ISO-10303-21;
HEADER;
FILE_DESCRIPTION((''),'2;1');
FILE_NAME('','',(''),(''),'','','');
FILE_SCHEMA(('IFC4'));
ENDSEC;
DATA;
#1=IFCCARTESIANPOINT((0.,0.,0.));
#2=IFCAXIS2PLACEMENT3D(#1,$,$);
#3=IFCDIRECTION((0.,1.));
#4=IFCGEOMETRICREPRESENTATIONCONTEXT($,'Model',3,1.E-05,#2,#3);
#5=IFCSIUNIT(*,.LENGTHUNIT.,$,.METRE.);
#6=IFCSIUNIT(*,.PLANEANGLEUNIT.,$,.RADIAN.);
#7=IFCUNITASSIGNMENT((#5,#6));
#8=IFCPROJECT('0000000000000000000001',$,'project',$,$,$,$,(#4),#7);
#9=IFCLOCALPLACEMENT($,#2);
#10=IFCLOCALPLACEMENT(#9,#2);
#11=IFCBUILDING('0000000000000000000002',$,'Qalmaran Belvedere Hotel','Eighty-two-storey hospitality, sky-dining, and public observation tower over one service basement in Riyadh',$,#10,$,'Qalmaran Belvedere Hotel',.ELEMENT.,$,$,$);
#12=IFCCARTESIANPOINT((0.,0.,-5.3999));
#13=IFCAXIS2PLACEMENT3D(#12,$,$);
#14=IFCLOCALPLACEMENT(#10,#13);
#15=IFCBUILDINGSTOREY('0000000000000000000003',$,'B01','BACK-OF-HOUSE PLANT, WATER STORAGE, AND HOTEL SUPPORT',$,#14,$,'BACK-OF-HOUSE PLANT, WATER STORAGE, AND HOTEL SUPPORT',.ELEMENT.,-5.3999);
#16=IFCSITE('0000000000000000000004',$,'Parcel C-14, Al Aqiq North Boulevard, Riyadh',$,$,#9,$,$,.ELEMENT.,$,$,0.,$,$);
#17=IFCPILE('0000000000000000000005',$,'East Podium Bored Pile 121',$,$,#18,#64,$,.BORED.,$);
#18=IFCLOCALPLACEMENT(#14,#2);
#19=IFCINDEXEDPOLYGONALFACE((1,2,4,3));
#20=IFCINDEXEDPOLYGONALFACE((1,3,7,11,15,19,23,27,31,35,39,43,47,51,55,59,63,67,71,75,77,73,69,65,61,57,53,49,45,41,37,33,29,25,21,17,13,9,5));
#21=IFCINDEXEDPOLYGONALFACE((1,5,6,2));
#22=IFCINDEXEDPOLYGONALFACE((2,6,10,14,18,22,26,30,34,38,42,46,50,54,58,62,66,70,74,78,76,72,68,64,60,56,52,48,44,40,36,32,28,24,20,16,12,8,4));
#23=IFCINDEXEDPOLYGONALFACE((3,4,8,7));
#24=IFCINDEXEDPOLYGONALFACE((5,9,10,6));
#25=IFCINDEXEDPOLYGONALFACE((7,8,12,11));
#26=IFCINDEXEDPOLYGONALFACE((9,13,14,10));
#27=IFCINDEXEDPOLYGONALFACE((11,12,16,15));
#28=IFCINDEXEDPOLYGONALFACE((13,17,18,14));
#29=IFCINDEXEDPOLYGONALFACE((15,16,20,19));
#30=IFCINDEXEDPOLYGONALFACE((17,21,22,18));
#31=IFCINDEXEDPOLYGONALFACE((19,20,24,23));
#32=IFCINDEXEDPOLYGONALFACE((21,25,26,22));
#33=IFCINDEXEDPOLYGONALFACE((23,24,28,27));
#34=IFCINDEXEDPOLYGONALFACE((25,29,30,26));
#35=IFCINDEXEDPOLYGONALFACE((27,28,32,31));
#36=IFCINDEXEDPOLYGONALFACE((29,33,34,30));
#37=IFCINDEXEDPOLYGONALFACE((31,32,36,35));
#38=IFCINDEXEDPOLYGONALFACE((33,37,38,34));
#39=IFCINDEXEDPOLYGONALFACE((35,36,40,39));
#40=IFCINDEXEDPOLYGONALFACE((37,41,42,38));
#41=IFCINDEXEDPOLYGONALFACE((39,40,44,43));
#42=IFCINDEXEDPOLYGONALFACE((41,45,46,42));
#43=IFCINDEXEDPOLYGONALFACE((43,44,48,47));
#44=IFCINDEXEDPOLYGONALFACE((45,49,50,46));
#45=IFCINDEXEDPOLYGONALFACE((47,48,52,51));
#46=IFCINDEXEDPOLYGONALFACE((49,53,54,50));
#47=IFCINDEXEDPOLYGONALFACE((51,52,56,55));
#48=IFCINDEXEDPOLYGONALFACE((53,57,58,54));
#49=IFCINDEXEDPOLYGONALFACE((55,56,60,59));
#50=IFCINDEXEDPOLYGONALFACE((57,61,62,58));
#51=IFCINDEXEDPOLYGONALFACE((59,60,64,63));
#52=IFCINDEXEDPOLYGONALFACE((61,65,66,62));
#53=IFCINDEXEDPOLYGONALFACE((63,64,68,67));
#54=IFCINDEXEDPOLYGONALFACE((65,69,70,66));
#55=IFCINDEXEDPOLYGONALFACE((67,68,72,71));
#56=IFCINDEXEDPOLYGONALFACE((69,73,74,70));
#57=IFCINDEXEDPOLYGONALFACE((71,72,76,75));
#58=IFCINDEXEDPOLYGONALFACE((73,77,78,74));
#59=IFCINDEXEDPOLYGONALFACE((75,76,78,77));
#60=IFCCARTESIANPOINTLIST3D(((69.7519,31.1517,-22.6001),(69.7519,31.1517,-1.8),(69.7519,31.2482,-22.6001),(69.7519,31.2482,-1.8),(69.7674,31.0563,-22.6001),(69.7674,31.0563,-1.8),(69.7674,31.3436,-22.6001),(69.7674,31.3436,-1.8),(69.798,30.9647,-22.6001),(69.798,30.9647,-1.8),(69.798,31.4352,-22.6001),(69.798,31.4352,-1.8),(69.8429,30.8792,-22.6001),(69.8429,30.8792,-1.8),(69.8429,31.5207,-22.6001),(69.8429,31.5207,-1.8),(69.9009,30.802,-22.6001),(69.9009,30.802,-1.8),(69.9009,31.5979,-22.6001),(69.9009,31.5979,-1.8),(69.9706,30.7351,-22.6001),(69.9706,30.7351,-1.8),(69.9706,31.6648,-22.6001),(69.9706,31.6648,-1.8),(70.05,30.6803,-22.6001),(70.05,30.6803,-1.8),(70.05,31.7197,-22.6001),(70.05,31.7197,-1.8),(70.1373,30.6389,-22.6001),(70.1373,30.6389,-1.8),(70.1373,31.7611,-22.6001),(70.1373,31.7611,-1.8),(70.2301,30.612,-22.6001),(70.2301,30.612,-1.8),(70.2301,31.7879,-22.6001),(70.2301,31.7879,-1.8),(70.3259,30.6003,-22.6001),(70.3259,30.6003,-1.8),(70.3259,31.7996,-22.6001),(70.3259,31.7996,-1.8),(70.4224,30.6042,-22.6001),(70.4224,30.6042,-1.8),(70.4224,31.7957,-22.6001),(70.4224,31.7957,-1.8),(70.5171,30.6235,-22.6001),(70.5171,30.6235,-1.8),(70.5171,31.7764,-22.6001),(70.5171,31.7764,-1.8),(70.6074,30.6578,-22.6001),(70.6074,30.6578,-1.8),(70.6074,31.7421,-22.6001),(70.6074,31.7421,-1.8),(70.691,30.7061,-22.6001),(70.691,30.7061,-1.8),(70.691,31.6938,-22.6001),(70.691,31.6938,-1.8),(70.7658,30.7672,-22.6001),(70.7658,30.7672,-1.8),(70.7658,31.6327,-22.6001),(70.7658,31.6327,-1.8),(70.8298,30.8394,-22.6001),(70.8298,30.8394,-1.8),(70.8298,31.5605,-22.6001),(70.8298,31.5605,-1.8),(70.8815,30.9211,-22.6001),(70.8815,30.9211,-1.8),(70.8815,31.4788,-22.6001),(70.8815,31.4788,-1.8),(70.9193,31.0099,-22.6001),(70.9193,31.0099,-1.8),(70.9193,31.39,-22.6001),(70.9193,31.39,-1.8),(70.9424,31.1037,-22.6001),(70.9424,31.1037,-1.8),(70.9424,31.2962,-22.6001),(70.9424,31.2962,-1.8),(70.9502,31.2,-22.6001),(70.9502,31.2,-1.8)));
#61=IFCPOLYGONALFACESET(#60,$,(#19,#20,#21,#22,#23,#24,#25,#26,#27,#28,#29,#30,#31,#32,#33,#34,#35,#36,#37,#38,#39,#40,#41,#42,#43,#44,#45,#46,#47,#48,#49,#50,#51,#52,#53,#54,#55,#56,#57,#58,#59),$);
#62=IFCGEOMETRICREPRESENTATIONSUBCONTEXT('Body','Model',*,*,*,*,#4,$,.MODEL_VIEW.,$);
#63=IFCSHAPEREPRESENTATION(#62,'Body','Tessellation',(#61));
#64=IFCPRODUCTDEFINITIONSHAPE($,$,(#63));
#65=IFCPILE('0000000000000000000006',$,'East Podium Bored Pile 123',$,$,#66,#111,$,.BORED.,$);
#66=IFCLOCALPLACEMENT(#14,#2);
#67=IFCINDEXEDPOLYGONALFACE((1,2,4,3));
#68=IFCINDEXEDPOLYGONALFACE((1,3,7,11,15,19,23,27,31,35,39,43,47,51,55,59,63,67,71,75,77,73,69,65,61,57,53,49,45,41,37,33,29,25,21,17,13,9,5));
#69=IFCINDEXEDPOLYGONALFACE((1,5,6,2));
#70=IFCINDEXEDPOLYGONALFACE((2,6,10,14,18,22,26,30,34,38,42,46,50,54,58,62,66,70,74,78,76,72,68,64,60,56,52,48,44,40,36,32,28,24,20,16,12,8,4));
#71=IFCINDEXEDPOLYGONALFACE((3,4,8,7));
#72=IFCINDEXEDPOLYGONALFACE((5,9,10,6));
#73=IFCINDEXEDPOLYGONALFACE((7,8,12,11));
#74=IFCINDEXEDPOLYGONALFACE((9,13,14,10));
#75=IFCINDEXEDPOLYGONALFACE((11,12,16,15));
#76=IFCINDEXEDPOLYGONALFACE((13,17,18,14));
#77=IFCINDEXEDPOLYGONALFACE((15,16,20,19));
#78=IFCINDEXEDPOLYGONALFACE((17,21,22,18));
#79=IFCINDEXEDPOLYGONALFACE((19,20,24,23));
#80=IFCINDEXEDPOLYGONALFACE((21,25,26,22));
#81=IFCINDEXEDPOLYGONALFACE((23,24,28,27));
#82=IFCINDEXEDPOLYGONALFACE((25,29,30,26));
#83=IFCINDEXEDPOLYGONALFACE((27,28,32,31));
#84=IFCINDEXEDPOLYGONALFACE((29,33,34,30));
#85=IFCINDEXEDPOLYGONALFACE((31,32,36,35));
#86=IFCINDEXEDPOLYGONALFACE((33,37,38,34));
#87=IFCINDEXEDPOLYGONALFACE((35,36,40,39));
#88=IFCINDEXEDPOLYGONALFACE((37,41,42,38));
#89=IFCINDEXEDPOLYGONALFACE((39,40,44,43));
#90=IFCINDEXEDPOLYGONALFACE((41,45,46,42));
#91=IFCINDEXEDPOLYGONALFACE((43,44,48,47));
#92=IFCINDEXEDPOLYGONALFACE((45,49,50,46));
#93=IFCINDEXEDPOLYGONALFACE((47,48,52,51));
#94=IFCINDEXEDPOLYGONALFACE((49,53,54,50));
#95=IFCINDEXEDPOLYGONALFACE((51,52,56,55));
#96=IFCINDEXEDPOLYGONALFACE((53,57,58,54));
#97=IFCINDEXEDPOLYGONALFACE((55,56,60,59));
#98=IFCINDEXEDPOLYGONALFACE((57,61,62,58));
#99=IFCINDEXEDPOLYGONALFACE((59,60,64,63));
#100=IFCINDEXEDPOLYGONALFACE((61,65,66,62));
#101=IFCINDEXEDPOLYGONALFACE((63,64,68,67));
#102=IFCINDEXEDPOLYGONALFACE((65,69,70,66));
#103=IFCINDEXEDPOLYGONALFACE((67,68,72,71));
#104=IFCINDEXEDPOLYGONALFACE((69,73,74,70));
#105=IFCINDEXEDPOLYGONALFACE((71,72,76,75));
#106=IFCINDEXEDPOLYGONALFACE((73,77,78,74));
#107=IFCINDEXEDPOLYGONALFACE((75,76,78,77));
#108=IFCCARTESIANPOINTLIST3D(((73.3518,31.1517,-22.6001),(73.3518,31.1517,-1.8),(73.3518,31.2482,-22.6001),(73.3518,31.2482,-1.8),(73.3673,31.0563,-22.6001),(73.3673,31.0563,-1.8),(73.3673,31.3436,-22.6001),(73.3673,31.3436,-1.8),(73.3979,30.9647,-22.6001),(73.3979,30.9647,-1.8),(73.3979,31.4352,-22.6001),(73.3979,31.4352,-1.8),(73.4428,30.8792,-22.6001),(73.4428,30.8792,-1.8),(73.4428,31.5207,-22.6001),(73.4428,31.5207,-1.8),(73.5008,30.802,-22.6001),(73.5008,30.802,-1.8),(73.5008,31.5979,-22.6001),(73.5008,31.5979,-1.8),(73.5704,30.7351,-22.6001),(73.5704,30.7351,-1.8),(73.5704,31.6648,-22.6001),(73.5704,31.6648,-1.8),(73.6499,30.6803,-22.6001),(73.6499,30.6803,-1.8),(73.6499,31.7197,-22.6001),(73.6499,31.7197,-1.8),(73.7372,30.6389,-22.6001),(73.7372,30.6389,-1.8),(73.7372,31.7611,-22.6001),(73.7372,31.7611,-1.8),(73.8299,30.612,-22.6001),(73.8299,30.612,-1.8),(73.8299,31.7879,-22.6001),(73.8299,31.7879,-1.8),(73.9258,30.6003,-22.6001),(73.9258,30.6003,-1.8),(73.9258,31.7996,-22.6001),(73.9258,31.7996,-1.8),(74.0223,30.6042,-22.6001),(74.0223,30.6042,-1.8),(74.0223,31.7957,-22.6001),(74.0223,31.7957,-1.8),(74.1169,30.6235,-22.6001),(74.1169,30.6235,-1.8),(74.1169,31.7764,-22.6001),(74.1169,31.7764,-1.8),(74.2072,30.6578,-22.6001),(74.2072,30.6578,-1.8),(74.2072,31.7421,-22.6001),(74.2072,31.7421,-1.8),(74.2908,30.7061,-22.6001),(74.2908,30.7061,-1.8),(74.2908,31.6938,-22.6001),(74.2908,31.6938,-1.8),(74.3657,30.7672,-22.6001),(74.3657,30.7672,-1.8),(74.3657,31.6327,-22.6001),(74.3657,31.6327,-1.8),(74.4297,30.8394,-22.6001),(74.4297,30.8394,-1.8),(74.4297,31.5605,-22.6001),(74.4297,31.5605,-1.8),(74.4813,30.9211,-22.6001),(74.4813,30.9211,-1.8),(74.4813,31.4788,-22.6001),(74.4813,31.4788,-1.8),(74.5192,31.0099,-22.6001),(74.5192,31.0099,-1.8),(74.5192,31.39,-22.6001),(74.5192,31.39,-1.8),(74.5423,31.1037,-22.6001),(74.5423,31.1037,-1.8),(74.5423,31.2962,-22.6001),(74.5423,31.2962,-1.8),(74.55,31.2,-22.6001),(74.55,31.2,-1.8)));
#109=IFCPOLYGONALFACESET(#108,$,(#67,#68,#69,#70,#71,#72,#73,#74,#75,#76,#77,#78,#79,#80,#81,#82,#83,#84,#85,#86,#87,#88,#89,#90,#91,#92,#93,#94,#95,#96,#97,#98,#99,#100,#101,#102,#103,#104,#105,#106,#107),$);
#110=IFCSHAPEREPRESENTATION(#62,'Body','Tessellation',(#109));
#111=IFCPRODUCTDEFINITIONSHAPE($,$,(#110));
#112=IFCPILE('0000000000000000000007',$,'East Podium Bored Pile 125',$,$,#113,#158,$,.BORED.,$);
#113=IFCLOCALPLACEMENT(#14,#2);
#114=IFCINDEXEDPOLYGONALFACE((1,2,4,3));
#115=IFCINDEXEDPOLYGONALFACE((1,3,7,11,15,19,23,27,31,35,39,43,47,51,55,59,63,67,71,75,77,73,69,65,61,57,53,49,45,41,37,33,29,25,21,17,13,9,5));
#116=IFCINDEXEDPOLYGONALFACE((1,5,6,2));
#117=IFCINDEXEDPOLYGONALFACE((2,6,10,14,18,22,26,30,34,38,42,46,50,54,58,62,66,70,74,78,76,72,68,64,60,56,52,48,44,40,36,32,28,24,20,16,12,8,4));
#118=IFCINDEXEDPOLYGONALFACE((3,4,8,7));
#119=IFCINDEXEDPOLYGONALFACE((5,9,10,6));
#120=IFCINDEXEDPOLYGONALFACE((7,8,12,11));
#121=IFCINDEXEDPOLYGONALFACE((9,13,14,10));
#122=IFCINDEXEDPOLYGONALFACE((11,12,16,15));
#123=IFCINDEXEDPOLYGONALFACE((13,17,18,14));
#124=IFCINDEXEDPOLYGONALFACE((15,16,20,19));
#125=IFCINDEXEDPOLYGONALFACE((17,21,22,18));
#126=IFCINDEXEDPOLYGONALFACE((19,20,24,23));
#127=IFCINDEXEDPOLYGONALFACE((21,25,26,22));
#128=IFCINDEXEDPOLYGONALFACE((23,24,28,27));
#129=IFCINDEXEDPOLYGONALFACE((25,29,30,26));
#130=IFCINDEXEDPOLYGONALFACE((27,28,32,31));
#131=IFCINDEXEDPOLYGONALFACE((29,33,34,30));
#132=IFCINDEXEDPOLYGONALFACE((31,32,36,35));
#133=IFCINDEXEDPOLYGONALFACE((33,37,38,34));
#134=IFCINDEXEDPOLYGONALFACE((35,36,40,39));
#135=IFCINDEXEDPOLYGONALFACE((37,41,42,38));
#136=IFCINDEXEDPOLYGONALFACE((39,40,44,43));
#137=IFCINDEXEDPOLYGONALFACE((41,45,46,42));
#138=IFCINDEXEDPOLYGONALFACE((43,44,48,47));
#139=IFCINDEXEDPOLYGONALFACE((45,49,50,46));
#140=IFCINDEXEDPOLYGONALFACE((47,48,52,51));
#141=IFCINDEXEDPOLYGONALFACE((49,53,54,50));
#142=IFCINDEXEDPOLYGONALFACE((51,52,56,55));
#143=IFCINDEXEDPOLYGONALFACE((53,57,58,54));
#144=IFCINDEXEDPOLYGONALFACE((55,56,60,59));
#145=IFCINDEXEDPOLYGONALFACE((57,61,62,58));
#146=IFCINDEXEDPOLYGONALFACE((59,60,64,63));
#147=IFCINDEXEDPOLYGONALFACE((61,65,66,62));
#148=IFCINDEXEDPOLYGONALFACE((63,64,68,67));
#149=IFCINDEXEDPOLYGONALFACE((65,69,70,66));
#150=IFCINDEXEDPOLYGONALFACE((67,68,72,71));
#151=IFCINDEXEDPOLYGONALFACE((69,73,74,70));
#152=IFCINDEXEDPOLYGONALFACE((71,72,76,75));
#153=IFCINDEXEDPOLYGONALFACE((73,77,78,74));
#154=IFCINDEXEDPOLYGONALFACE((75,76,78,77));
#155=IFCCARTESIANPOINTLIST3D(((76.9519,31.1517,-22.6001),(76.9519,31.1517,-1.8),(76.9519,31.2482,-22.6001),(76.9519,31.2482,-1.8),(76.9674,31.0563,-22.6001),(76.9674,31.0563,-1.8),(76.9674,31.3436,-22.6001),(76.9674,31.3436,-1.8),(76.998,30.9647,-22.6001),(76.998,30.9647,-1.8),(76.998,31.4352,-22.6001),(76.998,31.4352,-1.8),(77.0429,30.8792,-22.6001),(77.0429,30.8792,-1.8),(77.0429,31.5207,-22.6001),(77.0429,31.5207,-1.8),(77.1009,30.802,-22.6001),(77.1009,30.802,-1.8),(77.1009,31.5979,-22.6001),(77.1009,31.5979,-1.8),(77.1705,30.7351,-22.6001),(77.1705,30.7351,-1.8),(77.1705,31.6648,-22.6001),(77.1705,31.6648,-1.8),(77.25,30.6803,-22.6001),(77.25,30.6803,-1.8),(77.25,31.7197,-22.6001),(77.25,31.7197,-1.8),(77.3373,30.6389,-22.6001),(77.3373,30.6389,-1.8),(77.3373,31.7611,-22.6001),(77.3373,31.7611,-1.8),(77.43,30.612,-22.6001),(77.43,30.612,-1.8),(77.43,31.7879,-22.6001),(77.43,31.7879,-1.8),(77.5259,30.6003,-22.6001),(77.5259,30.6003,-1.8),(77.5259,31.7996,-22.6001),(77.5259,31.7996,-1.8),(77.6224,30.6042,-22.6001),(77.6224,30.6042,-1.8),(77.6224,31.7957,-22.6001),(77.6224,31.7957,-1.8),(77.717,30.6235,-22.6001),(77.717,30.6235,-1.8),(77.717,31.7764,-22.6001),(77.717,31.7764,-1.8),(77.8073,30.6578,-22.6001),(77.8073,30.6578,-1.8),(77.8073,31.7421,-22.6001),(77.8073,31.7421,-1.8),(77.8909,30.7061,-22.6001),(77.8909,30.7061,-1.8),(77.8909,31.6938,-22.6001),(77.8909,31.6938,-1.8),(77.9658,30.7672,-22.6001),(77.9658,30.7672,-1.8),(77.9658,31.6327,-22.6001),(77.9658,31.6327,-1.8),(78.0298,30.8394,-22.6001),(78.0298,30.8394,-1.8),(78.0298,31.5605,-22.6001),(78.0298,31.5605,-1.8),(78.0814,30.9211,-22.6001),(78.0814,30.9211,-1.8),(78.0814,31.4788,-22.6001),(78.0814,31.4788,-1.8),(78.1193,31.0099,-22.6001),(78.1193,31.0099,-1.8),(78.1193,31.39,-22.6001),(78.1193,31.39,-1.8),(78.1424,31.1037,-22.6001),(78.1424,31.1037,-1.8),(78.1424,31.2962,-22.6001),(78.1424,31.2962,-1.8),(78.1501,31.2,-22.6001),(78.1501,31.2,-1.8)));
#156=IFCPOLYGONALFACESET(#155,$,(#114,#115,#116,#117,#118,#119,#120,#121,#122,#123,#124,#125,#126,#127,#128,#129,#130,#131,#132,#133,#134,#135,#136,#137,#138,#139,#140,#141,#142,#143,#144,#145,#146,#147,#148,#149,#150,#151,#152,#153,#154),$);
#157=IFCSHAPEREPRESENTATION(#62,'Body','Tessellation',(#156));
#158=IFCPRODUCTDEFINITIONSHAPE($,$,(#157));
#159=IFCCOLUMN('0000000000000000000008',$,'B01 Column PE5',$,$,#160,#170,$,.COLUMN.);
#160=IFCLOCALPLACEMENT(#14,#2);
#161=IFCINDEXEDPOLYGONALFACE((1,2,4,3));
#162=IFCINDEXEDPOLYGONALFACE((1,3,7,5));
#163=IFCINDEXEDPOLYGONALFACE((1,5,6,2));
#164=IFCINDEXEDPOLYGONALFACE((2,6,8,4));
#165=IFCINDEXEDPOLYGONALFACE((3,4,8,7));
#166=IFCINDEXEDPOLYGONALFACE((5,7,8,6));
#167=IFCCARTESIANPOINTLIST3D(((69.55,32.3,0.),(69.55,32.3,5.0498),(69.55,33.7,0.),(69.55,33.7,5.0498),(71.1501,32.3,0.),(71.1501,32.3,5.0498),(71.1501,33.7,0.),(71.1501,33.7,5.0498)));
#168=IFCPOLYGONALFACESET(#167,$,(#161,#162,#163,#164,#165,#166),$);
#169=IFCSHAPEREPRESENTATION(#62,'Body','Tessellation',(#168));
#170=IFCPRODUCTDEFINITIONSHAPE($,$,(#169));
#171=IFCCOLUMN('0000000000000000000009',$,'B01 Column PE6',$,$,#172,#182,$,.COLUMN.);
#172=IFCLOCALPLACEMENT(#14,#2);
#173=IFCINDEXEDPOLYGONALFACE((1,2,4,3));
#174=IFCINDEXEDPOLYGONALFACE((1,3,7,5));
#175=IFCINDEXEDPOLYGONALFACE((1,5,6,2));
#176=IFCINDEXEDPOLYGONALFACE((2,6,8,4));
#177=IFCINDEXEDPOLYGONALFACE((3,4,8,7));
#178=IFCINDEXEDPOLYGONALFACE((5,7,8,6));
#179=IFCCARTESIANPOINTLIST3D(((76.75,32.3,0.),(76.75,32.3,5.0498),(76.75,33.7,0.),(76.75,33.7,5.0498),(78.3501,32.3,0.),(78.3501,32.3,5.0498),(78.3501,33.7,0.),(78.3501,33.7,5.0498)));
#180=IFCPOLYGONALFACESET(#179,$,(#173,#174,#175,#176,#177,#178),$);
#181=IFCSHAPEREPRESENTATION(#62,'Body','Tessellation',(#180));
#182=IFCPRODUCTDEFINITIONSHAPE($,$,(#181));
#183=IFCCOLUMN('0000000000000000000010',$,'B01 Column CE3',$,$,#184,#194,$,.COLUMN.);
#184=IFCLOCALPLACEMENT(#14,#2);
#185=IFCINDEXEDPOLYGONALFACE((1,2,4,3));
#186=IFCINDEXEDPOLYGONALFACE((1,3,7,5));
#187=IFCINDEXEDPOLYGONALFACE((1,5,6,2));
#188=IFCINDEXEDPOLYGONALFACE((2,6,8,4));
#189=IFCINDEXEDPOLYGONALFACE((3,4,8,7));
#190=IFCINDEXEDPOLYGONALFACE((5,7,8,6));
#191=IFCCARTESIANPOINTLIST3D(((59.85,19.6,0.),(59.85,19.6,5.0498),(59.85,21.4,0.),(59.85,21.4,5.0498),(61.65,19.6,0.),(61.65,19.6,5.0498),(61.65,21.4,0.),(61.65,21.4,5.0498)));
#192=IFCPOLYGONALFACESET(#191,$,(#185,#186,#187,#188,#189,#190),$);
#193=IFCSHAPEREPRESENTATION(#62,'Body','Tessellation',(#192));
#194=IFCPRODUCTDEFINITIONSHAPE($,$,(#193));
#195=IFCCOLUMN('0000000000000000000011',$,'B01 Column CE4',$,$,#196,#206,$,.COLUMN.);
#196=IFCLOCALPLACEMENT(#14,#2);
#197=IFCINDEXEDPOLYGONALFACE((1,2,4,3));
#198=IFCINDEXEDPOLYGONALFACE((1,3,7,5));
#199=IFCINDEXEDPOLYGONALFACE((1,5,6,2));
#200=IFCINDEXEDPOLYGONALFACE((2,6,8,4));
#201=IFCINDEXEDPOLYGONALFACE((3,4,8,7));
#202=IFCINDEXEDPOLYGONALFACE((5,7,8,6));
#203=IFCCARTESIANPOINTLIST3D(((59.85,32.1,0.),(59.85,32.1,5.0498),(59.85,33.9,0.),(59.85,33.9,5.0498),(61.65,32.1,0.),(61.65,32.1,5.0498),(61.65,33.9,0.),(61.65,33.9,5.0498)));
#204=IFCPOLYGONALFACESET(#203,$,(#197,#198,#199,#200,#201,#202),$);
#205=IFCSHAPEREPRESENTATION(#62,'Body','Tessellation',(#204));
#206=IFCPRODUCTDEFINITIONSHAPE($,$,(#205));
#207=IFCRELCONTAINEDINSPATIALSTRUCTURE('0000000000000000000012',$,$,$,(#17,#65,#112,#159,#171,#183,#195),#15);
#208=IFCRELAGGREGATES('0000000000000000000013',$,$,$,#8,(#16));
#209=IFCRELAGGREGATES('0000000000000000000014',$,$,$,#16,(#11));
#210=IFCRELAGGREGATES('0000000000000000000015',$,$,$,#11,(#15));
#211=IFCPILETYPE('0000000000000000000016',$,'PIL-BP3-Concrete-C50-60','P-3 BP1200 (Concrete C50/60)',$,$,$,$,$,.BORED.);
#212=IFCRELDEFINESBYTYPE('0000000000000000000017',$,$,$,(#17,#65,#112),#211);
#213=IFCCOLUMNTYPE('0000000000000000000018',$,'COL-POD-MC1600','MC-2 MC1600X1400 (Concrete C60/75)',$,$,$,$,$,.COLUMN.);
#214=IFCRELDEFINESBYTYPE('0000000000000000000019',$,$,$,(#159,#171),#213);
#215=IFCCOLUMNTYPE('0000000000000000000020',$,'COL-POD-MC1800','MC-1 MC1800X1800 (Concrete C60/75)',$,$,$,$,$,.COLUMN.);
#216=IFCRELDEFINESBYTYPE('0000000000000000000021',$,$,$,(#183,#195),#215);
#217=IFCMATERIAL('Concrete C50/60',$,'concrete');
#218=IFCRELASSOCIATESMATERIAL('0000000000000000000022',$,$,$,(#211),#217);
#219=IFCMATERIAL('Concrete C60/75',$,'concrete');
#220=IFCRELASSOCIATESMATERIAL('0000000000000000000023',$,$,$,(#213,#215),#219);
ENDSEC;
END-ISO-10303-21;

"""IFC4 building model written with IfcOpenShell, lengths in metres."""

from ifc_helpers import new_model, si_unit, direction, frame, origin, origin_2d, place, context, subcontext, project, spatial, rectangle, circle, extrude, material, material_profile, profile_set, type_object, element, save


model = new_model("IFC4")

# Units and contexts
model_context = context("Model", 3, precision=1e-05, world=origin(), true_north=direction((0.0, 1.0)))
body_context = subcontext(model_context, "Body", "Model", "MODEL_VIEW")
ifc_project = project(units=[si_unit("LENGTHUNIT", "METRE"), si_unit("PLANEANGLEUNIT", "RADIAN")], contexts=[model_context])

# Site, building, storey
site_placement = place(None, origin())
site = spatial("IfcSite", under=ifc_project, at=site_placement, Name="Parcel C-14, Al Aqiq North Boulevard, Riyadh", CompositionType="ELEMENT", RefElevation=0.0)
building_placement = place(site_placement, origin())
building = spatial("IfcBuilding", under=site, at=building_placement, Name="Qalmaran Belvedere Hotel", Description="Eighty-two-storey hospitality, sky-dining, and public observation tower over one service basement in Riyadh", LongName="Qalmaran Belvedere Hotel", CompositionType="ELEMENT")
storey_placement = place(building_placement, frame((0.0, 0.0, -5.3999)))
storey = spatial("IfcBuildingStorey", under=building, at=storey_placement, Name="B01", Description="BACK-OF-HOUSE PLANT, WATER STORAGE, AND HOTEL SUPPORT", LongName="BACK-OF-HOUSE PLANT, WATER STORAGE, AND HOTEL SUPPORT", CompositionType="ELEMENT", Elevation=-5.3999)

# Shared definitions
ifc_material_1 = material(Name="Concrete C50/60", Category="concrete")

# Piles
ifc_material_profile_1 = material_profile(ifc_material_1, circle(Radius=0.6001, at=origin_2d()), Name="BP1200")
ifc_profile_set_1 = profile_set([ifc_material_profile_1], Name="Concrete C50/60")
pile_type_1 = type_object("IfcPileType", Name="PIL-BP3-Concrete-C50-60", Description="P-3 BP1200 (Concrete C50/60)", PredefinedType="BORED", material=ifc_profile_set_1)
for number, where, z_axis, x_axis, name in (
    (1, (70.3501, 31.2, -1.8), (0.0, 0.0, -1.0), (1.0, 0.0, 0.0), "East Podium Bored Pile 121"),
    (2, (73.95, 31.2, -1.8), (0.0, 0.0, -1.0), (1.0, 0.0, 0.0), "East Podium Bored Pile 123"),
    (3, (77.55, 31.2, -1.8), (0.0, 0.0, -1.0), (1.0, 0.0, 0.0), "East Podium Bored Pile 125"),
):
    element("IfcPile", number, at=place(storey_placement, frame(where, z_axis=z_axis, x_axis=x_axis)), inside=storey, type_object=pile_type_1, Name=name, PredefinedType="BORED", context=body_context, shape_type="SweptSolid", body=[
        extrude(circle(Radius=0.6001, at=origin_2d()), origin(), (0.0, 0.0, 1.0), 20.8),
    ])

# Columns
ifc_material_2 = material(Name="Concrete C60/75", Category="concrete")
ifc_material_profile_2 = material_profile(ifc_material_2, rectangle(XDim=1.6001, YDim=1.3999, at=origin_2d()), Name="MC1600X1400")
ifc_profile_set_2 = profile_set([ifc_material_profile_2], Name="Concrete C60/75")
column_type_1 = type_object("IfcColumnType", Name="COL-POD-MC1600", Description="MC-2 MC1600X1400 (Concrete C60/75)", PredefinedType="COLUMN", material=ifc_profile_set_2)
for number, where, z_axis, x_axis, name in (
    (4, (70.3501, 33.0, 0.0), (0.0, 0.0, 1.0), (1.0, 0.0, 0.0), "B01 Column PE5"),
    (5, (77.55, 33.0, 0.0), (0.0, 0.0, 1.0), (1.0, 0.0, 0.0), "B01 Column PE6"),
):
    element("IfcColumn", number, at=place(storey_placement, frame(where, z_axis=z_axis, x_axis=x_axis)), inside=storey, type_object=column_type_1, Name=name, PredefinedType="COLUMN", context=body_context, shape_type="SweptSolid", body=[
        extrude(rectangle(XDim=1.6001, YDim=1.3999, at=origin_2d()), origin(), (0.0, 0.0, 1.0), 5.0498),
    ])
ifc_material_profile_3 = material_profile(ifc_material_2, rectangle(XDim=1.8, YDim=1.8, at=origin_2d()), Name="MC1800X1800")
ifc_profile_set_3 = profile_set([ifc_material_profile_3], Name="Concrete C60/75")
column_type_2 = type_object("IfcColumnType", Name="COL-POD-MC1800", Description="MC-1 MC1800X1800 (Concrete C60/75)", PredefinedType="COLUMN", material=ifc_profile_set_3)
for number, where, z_axis, x_axis, name in (
    (6, (60.75, 20.5, 0.0), (0.0, 0.0, 1.0), (1.0, 0.0, 0.0), "B01 Column CE3"),
    (7, (60.75, 33.0, 0.0), (0.0, 0.0, 1.0), (1.0, 0.0, 0.0), "B01 Column CE4"),
):
    element("IfcColumn", number, at=place(storey_placement, frame(where, z_axis=z_axis, x_axis=x_axis)), inside=storey, type_object=column_type_2, Name=name, PredefinedType="COLUMN", context=body_context, shape_type="SweptSolid", body=[
        extrude(rectangle(XDim=1.8, YDim=1.8, at=origin_2d()), origin(), (0.0, 0.0, 1.0), 5.0498),
    ])

save(model, "model.ifc")
